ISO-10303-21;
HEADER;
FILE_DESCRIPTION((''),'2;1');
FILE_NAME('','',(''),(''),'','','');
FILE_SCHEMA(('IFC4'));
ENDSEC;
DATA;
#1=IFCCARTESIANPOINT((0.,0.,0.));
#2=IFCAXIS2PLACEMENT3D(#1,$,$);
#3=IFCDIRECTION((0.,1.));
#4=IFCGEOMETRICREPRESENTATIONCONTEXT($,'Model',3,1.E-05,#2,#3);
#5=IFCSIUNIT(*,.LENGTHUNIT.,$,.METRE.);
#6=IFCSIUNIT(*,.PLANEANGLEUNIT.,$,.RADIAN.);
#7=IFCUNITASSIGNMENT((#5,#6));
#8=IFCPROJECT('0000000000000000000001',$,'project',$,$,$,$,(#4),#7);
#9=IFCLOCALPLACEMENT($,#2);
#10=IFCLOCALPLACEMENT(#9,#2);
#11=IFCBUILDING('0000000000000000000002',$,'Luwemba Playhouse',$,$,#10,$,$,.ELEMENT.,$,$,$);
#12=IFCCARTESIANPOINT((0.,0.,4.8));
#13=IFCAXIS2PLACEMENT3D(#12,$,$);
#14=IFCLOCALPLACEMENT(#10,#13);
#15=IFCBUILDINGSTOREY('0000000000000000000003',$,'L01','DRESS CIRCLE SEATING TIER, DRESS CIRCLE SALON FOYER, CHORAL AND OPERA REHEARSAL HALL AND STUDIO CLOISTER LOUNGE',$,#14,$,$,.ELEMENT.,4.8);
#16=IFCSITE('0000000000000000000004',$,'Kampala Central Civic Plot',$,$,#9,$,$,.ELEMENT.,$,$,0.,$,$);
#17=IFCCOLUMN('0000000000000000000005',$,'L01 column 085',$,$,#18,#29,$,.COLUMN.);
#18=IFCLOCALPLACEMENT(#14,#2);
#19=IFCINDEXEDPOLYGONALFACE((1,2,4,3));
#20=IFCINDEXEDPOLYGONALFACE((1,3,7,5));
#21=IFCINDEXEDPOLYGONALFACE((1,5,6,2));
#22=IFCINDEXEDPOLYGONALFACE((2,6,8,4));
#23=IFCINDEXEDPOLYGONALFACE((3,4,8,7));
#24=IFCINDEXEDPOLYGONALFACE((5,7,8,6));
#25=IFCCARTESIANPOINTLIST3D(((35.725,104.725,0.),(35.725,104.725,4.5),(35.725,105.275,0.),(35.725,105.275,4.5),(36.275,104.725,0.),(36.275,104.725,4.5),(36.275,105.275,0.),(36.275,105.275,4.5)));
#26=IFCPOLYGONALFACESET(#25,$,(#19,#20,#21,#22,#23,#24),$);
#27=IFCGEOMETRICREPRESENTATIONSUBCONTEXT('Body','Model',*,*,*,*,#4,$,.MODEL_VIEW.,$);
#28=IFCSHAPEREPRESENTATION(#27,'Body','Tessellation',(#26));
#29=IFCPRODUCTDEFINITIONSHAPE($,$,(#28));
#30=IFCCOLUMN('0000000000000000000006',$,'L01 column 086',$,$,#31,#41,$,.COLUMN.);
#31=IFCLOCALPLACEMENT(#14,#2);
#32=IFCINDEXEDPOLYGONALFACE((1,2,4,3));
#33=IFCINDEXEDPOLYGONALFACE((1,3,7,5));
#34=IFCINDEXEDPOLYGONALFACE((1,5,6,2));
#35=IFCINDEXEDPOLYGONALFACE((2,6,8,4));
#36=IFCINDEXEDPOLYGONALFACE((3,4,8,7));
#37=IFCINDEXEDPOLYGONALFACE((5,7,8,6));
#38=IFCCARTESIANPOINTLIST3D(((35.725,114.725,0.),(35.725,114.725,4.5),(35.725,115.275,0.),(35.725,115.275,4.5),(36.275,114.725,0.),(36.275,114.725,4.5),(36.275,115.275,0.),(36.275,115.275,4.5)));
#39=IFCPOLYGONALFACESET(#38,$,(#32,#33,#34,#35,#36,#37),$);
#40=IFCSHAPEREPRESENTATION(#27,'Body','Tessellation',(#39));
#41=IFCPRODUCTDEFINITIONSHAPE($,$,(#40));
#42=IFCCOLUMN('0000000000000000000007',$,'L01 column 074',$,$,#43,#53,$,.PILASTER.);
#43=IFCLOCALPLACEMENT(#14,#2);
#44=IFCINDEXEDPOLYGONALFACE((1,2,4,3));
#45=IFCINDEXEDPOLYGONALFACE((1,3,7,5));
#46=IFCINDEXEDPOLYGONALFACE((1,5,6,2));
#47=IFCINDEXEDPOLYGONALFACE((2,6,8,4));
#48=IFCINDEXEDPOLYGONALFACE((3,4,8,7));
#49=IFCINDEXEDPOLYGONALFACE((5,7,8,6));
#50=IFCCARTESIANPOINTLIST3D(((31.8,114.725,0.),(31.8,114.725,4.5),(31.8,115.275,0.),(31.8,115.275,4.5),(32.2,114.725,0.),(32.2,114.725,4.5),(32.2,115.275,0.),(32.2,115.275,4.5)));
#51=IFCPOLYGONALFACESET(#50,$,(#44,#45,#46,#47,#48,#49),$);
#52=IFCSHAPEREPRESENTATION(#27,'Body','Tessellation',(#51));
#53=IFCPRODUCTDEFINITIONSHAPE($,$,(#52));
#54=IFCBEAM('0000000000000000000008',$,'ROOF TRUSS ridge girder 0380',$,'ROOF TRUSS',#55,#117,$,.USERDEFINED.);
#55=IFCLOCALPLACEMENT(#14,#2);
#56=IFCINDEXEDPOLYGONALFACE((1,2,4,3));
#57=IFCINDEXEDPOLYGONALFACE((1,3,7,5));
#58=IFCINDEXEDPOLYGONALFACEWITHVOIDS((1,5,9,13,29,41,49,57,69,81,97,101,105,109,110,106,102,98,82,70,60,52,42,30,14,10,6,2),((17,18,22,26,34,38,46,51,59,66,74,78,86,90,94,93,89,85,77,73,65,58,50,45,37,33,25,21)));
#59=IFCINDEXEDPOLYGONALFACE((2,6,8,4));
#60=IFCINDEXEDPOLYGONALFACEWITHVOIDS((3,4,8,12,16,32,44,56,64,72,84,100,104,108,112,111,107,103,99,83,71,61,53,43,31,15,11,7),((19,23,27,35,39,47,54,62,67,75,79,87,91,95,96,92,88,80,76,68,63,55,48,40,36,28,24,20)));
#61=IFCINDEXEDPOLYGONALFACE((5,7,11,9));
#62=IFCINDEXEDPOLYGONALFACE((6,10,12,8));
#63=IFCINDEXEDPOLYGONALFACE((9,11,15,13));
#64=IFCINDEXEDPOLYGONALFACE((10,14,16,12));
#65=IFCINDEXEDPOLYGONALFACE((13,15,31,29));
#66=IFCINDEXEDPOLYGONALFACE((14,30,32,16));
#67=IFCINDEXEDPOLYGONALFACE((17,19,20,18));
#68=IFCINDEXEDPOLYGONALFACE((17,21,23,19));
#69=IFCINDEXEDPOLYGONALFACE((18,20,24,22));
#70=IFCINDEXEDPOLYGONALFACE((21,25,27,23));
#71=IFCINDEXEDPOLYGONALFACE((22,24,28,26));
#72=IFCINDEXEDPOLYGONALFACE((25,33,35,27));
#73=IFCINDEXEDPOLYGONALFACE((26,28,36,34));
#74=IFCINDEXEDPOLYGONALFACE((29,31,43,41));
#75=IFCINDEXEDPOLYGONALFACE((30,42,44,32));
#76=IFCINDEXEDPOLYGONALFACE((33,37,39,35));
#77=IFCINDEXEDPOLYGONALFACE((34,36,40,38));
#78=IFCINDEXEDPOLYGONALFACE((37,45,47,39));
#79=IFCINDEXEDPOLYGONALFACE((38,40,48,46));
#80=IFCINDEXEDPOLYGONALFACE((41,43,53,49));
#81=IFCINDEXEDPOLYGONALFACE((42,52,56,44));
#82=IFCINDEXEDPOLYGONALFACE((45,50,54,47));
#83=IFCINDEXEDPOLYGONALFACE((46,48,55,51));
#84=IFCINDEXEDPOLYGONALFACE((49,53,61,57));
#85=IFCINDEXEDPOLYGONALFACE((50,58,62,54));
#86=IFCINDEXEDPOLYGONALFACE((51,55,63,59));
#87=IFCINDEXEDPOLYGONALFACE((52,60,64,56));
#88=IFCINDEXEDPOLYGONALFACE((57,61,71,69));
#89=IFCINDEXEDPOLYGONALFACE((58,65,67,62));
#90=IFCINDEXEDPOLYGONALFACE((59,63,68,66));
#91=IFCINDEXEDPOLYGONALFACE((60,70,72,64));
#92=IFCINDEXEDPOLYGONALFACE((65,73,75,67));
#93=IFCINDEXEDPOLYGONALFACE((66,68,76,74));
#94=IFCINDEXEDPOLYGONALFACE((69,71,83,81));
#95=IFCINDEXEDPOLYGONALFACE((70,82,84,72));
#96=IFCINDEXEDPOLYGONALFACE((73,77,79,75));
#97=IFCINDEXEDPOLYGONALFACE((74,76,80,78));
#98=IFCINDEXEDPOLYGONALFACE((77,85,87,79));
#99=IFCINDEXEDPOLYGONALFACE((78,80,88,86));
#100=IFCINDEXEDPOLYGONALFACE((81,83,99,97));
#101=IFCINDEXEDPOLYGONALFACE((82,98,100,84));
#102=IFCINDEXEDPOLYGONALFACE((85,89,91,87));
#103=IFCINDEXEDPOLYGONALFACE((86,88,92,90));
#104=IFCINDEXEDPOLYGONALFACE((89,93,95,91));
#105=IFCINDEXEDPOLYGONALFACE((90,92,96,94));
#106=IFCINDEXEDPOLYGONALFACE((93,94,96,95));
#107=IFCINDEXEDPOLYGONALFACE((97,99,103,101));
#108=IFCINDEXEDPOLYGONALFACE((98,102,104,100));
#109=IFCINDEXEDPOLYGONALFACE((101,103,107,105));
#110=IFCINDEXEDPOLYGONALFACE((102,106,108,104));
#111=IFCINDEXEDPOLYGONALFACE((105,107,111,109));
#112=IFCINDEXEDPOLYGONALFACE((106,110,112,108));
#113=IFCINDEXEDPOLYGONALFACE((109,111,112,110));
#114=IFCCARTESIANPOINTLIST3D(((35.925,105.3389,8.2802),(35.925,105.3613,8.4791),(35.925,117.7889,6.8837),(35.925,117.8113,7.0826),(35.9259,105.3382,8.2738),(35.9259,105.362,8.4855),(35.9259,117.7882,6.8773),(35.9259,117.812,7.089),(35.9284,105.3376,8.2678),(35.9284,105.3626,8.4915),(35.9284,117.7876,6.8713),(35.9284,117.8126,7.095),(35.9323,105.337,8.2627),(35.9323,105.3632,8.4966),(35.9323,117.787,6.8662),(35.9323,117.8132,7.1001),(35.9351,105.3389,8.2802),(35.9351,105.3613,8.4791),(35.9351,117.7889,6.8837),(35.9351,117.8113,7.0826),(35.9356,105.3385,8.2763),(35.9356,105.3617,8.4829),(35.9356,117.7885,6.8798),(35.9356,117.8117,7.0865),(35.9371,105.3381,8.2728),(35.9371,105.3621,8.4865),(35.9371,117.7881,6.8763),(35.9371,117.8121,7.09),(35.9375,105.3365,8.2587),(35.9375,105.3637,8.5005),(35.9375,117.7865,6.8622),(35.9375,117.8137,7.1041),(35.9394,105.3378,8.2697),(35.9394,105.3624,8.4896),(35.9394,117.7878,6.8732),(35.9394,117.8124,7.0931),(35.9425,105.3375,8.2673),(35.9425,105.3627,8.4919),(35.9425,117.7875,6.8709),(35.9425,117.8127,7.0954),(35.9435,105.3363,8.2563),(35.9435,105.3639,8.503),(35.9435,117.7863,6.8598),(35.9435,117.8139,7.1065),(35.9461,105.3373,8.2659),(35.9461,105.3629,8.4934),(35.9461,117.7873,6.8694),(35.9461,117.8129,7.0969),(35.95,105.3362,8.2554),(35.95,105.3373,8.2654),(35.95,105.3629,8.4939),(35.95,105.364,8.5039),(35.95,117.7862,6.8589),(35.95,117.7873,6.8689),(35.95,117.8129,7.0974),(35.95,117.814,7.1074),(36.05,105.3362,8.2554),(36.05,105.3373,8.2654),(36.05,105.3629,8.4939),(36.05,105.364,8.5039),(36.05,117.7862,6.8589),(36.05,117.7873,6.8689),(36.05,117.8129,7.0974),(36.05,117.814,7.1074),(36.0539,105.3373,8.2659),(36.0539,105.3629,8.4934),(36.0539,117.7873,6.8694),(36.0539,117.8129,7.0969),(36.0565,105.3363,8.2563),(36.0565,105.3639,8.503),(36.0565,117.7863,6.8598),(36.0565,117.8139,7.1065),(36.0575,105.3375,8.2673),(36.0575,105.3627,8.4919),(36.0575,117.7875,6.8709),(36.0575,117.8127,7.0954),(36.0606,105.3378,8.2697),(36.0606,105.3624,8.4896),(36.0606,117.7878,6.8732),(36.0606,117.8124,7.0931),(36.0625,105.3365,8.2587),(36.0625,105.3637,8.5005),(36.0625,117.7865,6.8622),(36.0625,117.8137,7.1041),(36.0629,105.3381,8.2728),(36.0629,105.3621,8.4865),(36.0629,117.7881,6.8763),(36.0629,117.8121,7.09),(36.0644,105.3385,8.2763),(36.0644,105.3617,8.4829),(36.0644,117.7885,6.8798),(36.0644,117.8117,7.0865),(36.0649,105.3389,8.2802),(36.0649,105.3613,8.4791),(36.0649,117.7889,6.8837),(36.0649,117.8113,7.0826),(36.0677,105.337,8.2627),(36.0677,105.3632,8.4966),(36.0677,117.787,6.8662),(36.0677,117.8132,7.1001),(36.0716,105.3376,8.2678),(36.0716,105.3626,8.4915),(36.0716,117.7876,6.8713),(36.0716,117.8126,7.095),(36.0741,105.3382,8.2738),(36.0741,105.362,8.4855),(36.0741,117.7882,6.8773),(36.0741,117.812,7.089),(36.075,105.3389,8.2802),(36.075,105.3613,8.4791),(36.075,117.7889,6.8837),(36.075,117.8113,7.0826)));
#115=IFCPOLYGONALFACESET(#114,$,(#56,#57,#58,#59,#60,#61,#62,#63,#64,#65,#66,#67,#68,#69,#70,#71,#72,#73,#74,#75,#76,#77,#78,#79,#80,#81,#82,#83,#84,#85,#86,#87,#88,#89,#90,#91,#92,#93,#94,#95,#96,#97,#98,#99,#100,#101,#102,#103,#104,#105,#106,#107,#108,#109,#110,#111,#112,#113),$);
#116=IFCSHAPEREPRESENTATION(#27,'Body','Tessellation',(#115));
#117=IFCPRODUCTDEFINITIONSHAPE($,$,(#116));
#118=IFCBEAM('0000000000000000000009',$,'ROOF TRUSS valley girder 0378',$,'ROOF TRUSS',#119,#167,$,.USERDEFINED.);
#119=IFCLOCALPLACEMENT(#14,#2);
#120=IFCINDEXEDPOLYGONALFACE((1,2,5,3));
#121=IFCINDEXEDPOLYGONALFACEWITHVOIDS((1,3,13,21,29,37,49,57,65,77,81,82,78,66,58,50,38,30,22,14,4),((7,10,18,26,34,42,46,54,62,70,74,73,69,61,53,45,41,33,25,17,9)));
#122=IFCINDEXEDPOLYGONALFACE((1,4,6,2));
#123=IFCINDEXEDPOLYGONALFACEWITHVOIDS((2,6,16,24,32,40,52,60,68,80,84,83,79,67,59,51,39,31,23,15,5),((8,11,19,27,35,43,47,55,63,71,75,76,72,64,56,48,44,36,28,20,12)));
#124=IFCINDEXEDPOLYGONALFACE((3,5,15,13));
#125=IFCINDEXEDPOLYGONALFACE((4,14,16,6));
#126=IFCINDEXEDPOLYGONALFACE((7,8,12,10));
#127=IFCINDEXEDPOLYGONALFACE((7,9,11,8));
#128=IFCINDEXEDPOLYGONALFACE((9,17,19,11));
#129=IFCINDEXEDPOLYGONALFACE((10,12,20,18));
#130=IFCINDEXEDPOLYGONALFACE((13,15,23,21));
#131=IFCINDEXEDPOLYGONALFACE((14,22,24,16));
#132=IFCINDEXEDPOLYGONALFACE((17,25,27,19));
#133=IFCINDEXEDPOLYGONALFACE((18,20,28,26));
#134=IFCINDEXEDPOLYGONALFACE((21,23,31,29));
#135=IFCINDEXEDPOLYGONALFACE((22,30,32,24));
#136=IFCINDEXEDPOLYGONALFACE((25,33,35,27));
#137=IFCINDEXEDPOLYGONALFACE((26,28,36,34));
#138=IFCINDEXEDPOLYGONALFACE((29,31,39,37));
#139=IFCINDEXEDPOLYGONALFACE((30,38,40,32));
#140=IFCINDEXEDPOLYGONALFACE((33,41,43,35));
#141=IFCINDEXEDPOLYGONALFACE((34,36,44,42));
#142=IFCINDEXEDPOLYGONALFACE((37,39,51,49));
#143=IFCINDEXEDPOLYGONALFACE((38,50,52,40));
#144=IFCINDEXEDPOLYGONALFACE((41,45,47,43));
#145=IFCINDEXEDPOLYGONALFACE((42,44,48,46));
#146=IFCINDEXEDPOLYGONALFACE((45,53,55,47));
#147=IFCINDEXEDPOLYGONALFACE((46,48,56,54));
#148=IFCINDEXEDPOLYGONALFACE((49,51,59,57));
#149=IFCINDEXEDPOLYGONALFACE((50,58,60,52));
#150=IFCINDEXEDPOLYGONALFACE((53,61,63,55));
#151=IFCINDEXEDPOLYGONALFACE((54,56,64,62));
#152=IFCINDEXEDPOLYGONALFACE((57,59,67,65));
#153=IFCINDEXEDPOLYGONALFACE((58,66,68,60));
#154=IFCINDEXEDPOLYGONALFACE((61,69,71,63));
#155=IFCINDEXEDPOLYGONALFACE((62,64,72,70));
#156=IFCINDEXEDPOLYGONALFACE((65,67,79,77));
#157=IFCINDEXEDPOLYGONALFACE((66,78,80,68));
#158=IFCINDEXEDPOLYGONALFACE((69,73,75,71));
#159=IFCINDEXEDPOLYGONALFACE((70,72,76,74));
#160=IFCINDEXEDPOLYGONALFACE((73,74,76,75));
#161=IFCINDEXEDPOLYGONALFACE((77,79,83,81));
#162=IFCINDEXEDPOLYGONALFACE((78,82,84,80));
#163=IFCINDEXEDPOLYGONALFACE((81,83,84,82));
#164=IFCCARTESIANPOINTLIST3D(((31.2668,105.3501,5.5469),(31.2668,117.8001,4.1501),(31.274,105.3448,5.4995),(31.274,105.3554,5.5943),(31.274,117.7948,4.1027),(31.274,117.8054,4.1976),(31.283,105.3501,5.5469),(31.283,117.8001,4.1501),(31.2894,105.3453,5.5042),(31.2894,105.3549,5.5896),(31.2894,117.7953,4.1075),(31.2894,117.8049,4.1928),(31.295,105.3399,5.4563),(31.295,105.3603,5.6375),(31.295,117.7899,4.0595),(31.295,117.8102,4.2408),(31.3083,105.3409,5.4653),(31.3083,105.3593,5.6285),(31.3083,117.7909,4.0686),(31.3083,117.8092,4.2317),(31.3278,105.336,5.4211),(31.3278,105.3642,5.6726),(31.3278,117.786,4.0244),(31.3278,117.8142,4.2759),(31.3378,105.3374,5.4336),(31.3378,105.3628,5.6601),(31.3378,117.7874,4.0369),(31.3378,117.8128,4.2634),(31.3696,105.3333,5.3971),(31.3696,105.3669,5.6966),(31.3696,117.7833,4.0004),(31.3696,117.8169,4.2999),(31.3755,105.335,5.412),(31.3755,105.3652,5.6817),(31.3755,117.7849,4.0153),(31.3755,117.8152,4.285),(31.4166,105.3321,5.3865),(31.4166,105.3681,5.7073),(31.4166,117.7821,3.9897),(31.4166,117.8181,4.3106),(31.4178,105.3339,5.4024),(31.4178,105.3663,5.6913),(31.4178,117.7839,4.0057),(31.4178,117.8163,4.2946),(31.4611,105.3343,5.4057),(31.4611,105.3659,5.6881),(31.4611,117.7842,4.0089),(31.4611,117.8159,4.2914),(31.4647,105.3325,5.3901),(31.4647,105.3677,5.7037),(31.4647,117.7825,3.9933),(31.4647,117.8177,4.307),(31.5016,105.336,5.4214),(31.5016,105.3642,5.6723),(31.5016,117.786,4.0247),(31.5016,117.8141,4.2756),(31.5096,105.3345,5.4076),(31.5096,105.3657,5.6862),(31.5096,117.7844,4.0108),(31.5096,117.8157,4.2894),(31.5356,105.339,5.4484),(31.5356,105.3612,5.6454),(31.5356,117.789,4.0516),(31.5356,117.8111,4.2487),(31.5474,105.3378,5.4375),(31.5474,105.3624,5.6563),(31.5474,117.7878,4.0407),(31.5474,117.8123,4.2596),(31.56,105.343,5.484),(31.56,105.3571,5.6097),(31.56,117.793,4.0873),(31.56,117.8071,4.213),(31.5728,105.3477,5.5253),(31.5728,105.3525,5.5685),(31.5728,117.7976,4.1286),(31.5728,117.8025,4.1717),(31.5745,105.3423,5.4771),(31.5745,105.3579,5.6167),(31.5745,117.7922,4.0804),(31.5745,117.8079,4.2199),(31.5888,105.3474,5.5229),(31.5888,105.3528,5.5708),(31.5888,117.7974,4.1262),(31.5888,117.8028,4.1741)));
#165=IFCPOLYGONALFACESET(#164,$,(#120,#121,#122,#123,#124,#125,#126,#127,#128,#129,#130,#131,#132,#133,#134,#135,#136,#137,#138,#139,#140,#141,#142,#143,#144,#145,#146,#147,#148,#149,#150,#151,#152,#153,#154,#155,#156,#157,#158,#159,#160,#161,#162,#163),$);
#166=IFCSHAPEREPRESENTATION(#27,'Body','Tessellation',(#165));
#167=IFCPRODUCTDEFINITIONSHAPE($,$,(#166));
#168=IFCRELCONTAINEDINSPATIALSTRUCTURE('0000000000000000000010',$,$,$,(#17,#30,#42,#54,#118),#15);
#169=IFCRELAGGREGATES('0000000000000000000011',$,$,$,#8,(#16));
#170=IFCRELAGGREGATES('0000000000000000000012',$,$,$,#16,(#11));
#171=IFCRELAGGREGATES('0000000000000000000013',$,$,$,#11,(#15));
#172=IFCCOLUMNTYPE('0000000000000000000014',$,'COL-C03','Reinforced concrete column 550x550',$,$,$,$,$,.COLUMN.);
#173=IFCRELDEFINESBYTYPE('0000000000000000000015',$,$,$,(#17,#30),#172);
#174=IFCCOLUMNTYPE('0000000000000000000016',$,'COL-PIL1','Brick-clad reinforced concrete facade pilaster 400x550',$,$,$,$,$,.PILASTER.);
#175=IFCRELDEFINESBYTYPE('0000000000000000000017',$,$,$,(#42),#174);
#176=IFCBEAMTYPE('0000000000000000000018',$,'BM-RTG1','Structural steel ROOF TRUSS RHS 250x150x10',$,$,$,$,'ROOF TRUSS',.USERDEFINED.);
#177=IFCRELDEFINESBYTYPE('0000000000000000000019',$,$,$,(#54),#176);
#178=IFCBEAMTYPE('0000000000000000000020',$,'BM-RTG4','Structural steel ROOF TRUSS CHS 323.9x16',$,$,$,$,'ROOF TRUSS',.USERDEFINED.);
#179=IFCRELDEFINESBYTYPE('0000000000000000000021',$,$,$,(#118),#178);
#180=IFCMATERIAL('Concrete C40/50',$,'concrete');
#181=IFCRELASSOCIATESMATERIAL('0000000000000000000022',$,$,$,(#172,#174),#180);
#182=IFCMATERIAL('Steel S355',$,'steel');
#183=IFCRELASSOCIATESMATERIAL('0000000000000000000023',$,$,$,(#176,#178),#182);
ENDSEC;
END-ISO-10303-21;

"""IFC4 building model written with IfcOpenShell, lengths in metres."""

from ifc_helpers import new_model, si_unit, direction, frame, origin, origin_2d, place, context, subcontext, project, spatial, rectangle, hollow_rectangle, hollow_circle, extrude, material, material_profile, profile_set, type_object, element, save


model = new_model("IFC4")

# Units and contexts
model_context = context("Model", 3, precision=1e-05, world=origin(), true_north=direction((0.0, 1.0)))
body_context = subcontext(model_context, "Body", "Model", "MODEL_VIEW")
ifc_project = project(units=[si_unit("LENGTHUNIT", "METRE"), si_unit("PLANEANGLEUNIT", "RADIAN")], contexts=[model_context])

# Site, building, storey
site_placement = place(None, origin())
site = spatial("IfcSite", under=ifc_project, at=site_placement, Name="Kampala Central Civic Plot", CompositionType="ELEMENT", RefElevation=0.0)
building_placement = place(site_placement, origin())
building = spatial("IfcBuilding", under=site, at=building_placement, Name="Luwemba Playhouse", CompositionType="ELEMENT")
storey_placement = place(building_placement, frame((0.0, 0.0, 4.8)))
storey = spatial("IfcBuildingStorey", under=building, at=storey_placement, Name="L01", Description="DRESS CIRCLE SEATING TIER, DRESS CIRCLE SALON FOYER, CHORAL AND OPERA REHEARSAL HALL AND STUDIO CLOISTER LOUNGE", CompositionType="ELEMENT", Elevation=4.8)

# Columns
ifc_material_1 = material(Name="Concrete C40/50", Category="concrete")
ifc_material_profile_1 = material_profile(ifc_material_1, rectangle(XDim=0.55, YDim=0.55, at=origin_2d()))
ifc_profile_set_1 = profile_set([ifc_material_profile_1], Name="Concrete C40/50")
column_type_1 = type_object("IfcColumnType", Name="COL-C03", Description="Reinforced concrete column 550x550", PredefinedType="COLUMN", material=ifc_profile_set_1)
for number, where, z_axis, x_axis, name in (
    (1, (36.0, 105.0, 0.0), (0.0, 0.0, 1.0), (1.0, 0.0, 0.0), "L01 column 085"),
    (2, (36.0, 115.0, 0.0), (0.0, 0.0, 1.0), (1.0, 0.0, 0.0), "L01 column 086"),
):
    element("IfcColumn", number, at=place(storey_placement, frame(where, z_axis=z_axis, x_axis=x_axis)), inside=storey, type_object=column_type_1, Name=name, PredefinedType="COLUMN", context=body_context, shape_type="SweptSolid", body=[
        extrude(rectangle(XDim=0.55, YDim=0.55, at=origin_2d()), origin(), (0.0, 0.0, 1.0), 4.5),
    ])
ifc_material_profile_2 = material_profile(ifc_material_1, rectangle(XDim=0.3999, YDim=0.55, at=origin_2d()))
ifc_profile_set_2 = profile_set([ifc_material_profile_2], Name="Concrete C40/50")
column_type_2 = type_object("IfcColumnType", Name="COL-PIL1", Description="Brick-clad reinforced concrete facade pilaster 400x550", PredefinedType="PILASTER", material=ifc_profile_set_2)
column_placement = place(storey_placement, frame((32.0, 115.0, 0.0), z_axis=(0.0, 0.0, 1.0), x_axis=(1.0, 0.0, 0.0)))
element("IfcColumn", 3, at=column_placement, inside=storey, type_object=column_type_2, Name="L01 column 074", PredefinedType="PILASTER", context=body_context, shape_type="SweptSolid", body=[
    extrude(rectangle(XDim=0.3999, YDim=0.55, at=origin_2d()), origin(), (0.0, 0.0, 1.0), 4.5),
])

# Beams
ifc_material_2 = material(Name="Steel S355", Category="steel")
ifc_material_profile_3 = material_profile(ifc_material_2, hollow_rectangle(XDim=0.1499, YDim=0.25, WallThickness=0.01, InnerFilletRadius=0.0149, OuterFilletRadius=0.0249, at=origin_2d()))
ifc_profile_set_3 = profile_set([ifc_material_profile_3], Name="Steel S355")
beam_type_1 = type_object("IfcBeamType", Name="BM-RTG1", Description="Structural steel ROOF TRUSS RHS 250x150x10", ElementType="ROOF TRUSS", PredefinedType="USERDEFINED", material=ifc_profile_set_3)
beam_1_placement = place(storey_placement, frame((36.0, 105.3501, 8.3796), z_axis=(0.0, 0.993768, -0.111469), x_axis=(-1.0, 0.0, 0.0)))
element("IfcBeam", 4, at=beam_1_placement, inside=storey, type_object=beam_type_1, Name="ROOF TRUSS ridge girder 0380", ObjectType="ROOF TRUSS", PredefinedType="USERDEFINED", context=body_context, shape_type="SweptSolid", body=[
    extrude(hollow_rectangle(XDim=0.1499, YDim=0.25, WallThickness=0.01, InnerFilletRadius=0.0149, OuterFilletRadius=0.0249, at=origin_2d()), origin(), (0.0, 0.0, 1.0), 12.5281),
])
ifc_material_profile_4 = material_profile(ifc_material_2, hollow_circle(Radius=0.1619, WallThickness=0.0161, at=origin_2d()))
ifc_profile_set_4 = profile_set([ifc_material_profile_4], Name="Steel S355")
beam_type_2 = type_object("IfcBeamType", Name="BM-RTG4", Description="Structural steel ROOF TRUSS CHS 323.9x16", ElementType="ROOF TRUSS", PredefinedType="USERDEFINED", material=ifc_profile_set_4)
beam_2_placement = place(storey_placement, frame((31.4287, 105.3501, 5.5469), z_axis=(0.0, 0.993766, -0.111488), x_axis=(-1.0, 0.0, 0.0)))
element("IfcBeam", 5, at=beam_2_placement, inside=storey, type_object=beam_type_2, Name="ROOF TRUSS valley girder 0378", ObjectType="ROOF TRUSS", PredefinedType="USERDEFINED", context=body_context, shape_type="SweptSolid", body=[
    extrude(hollow_circle(Radius=0.1619, WallThickness=0.0161, at=origin_2d()), origin(), (0.0, 0.0, 1.0), 12.5281),
])

save(model, "model.ifc")
